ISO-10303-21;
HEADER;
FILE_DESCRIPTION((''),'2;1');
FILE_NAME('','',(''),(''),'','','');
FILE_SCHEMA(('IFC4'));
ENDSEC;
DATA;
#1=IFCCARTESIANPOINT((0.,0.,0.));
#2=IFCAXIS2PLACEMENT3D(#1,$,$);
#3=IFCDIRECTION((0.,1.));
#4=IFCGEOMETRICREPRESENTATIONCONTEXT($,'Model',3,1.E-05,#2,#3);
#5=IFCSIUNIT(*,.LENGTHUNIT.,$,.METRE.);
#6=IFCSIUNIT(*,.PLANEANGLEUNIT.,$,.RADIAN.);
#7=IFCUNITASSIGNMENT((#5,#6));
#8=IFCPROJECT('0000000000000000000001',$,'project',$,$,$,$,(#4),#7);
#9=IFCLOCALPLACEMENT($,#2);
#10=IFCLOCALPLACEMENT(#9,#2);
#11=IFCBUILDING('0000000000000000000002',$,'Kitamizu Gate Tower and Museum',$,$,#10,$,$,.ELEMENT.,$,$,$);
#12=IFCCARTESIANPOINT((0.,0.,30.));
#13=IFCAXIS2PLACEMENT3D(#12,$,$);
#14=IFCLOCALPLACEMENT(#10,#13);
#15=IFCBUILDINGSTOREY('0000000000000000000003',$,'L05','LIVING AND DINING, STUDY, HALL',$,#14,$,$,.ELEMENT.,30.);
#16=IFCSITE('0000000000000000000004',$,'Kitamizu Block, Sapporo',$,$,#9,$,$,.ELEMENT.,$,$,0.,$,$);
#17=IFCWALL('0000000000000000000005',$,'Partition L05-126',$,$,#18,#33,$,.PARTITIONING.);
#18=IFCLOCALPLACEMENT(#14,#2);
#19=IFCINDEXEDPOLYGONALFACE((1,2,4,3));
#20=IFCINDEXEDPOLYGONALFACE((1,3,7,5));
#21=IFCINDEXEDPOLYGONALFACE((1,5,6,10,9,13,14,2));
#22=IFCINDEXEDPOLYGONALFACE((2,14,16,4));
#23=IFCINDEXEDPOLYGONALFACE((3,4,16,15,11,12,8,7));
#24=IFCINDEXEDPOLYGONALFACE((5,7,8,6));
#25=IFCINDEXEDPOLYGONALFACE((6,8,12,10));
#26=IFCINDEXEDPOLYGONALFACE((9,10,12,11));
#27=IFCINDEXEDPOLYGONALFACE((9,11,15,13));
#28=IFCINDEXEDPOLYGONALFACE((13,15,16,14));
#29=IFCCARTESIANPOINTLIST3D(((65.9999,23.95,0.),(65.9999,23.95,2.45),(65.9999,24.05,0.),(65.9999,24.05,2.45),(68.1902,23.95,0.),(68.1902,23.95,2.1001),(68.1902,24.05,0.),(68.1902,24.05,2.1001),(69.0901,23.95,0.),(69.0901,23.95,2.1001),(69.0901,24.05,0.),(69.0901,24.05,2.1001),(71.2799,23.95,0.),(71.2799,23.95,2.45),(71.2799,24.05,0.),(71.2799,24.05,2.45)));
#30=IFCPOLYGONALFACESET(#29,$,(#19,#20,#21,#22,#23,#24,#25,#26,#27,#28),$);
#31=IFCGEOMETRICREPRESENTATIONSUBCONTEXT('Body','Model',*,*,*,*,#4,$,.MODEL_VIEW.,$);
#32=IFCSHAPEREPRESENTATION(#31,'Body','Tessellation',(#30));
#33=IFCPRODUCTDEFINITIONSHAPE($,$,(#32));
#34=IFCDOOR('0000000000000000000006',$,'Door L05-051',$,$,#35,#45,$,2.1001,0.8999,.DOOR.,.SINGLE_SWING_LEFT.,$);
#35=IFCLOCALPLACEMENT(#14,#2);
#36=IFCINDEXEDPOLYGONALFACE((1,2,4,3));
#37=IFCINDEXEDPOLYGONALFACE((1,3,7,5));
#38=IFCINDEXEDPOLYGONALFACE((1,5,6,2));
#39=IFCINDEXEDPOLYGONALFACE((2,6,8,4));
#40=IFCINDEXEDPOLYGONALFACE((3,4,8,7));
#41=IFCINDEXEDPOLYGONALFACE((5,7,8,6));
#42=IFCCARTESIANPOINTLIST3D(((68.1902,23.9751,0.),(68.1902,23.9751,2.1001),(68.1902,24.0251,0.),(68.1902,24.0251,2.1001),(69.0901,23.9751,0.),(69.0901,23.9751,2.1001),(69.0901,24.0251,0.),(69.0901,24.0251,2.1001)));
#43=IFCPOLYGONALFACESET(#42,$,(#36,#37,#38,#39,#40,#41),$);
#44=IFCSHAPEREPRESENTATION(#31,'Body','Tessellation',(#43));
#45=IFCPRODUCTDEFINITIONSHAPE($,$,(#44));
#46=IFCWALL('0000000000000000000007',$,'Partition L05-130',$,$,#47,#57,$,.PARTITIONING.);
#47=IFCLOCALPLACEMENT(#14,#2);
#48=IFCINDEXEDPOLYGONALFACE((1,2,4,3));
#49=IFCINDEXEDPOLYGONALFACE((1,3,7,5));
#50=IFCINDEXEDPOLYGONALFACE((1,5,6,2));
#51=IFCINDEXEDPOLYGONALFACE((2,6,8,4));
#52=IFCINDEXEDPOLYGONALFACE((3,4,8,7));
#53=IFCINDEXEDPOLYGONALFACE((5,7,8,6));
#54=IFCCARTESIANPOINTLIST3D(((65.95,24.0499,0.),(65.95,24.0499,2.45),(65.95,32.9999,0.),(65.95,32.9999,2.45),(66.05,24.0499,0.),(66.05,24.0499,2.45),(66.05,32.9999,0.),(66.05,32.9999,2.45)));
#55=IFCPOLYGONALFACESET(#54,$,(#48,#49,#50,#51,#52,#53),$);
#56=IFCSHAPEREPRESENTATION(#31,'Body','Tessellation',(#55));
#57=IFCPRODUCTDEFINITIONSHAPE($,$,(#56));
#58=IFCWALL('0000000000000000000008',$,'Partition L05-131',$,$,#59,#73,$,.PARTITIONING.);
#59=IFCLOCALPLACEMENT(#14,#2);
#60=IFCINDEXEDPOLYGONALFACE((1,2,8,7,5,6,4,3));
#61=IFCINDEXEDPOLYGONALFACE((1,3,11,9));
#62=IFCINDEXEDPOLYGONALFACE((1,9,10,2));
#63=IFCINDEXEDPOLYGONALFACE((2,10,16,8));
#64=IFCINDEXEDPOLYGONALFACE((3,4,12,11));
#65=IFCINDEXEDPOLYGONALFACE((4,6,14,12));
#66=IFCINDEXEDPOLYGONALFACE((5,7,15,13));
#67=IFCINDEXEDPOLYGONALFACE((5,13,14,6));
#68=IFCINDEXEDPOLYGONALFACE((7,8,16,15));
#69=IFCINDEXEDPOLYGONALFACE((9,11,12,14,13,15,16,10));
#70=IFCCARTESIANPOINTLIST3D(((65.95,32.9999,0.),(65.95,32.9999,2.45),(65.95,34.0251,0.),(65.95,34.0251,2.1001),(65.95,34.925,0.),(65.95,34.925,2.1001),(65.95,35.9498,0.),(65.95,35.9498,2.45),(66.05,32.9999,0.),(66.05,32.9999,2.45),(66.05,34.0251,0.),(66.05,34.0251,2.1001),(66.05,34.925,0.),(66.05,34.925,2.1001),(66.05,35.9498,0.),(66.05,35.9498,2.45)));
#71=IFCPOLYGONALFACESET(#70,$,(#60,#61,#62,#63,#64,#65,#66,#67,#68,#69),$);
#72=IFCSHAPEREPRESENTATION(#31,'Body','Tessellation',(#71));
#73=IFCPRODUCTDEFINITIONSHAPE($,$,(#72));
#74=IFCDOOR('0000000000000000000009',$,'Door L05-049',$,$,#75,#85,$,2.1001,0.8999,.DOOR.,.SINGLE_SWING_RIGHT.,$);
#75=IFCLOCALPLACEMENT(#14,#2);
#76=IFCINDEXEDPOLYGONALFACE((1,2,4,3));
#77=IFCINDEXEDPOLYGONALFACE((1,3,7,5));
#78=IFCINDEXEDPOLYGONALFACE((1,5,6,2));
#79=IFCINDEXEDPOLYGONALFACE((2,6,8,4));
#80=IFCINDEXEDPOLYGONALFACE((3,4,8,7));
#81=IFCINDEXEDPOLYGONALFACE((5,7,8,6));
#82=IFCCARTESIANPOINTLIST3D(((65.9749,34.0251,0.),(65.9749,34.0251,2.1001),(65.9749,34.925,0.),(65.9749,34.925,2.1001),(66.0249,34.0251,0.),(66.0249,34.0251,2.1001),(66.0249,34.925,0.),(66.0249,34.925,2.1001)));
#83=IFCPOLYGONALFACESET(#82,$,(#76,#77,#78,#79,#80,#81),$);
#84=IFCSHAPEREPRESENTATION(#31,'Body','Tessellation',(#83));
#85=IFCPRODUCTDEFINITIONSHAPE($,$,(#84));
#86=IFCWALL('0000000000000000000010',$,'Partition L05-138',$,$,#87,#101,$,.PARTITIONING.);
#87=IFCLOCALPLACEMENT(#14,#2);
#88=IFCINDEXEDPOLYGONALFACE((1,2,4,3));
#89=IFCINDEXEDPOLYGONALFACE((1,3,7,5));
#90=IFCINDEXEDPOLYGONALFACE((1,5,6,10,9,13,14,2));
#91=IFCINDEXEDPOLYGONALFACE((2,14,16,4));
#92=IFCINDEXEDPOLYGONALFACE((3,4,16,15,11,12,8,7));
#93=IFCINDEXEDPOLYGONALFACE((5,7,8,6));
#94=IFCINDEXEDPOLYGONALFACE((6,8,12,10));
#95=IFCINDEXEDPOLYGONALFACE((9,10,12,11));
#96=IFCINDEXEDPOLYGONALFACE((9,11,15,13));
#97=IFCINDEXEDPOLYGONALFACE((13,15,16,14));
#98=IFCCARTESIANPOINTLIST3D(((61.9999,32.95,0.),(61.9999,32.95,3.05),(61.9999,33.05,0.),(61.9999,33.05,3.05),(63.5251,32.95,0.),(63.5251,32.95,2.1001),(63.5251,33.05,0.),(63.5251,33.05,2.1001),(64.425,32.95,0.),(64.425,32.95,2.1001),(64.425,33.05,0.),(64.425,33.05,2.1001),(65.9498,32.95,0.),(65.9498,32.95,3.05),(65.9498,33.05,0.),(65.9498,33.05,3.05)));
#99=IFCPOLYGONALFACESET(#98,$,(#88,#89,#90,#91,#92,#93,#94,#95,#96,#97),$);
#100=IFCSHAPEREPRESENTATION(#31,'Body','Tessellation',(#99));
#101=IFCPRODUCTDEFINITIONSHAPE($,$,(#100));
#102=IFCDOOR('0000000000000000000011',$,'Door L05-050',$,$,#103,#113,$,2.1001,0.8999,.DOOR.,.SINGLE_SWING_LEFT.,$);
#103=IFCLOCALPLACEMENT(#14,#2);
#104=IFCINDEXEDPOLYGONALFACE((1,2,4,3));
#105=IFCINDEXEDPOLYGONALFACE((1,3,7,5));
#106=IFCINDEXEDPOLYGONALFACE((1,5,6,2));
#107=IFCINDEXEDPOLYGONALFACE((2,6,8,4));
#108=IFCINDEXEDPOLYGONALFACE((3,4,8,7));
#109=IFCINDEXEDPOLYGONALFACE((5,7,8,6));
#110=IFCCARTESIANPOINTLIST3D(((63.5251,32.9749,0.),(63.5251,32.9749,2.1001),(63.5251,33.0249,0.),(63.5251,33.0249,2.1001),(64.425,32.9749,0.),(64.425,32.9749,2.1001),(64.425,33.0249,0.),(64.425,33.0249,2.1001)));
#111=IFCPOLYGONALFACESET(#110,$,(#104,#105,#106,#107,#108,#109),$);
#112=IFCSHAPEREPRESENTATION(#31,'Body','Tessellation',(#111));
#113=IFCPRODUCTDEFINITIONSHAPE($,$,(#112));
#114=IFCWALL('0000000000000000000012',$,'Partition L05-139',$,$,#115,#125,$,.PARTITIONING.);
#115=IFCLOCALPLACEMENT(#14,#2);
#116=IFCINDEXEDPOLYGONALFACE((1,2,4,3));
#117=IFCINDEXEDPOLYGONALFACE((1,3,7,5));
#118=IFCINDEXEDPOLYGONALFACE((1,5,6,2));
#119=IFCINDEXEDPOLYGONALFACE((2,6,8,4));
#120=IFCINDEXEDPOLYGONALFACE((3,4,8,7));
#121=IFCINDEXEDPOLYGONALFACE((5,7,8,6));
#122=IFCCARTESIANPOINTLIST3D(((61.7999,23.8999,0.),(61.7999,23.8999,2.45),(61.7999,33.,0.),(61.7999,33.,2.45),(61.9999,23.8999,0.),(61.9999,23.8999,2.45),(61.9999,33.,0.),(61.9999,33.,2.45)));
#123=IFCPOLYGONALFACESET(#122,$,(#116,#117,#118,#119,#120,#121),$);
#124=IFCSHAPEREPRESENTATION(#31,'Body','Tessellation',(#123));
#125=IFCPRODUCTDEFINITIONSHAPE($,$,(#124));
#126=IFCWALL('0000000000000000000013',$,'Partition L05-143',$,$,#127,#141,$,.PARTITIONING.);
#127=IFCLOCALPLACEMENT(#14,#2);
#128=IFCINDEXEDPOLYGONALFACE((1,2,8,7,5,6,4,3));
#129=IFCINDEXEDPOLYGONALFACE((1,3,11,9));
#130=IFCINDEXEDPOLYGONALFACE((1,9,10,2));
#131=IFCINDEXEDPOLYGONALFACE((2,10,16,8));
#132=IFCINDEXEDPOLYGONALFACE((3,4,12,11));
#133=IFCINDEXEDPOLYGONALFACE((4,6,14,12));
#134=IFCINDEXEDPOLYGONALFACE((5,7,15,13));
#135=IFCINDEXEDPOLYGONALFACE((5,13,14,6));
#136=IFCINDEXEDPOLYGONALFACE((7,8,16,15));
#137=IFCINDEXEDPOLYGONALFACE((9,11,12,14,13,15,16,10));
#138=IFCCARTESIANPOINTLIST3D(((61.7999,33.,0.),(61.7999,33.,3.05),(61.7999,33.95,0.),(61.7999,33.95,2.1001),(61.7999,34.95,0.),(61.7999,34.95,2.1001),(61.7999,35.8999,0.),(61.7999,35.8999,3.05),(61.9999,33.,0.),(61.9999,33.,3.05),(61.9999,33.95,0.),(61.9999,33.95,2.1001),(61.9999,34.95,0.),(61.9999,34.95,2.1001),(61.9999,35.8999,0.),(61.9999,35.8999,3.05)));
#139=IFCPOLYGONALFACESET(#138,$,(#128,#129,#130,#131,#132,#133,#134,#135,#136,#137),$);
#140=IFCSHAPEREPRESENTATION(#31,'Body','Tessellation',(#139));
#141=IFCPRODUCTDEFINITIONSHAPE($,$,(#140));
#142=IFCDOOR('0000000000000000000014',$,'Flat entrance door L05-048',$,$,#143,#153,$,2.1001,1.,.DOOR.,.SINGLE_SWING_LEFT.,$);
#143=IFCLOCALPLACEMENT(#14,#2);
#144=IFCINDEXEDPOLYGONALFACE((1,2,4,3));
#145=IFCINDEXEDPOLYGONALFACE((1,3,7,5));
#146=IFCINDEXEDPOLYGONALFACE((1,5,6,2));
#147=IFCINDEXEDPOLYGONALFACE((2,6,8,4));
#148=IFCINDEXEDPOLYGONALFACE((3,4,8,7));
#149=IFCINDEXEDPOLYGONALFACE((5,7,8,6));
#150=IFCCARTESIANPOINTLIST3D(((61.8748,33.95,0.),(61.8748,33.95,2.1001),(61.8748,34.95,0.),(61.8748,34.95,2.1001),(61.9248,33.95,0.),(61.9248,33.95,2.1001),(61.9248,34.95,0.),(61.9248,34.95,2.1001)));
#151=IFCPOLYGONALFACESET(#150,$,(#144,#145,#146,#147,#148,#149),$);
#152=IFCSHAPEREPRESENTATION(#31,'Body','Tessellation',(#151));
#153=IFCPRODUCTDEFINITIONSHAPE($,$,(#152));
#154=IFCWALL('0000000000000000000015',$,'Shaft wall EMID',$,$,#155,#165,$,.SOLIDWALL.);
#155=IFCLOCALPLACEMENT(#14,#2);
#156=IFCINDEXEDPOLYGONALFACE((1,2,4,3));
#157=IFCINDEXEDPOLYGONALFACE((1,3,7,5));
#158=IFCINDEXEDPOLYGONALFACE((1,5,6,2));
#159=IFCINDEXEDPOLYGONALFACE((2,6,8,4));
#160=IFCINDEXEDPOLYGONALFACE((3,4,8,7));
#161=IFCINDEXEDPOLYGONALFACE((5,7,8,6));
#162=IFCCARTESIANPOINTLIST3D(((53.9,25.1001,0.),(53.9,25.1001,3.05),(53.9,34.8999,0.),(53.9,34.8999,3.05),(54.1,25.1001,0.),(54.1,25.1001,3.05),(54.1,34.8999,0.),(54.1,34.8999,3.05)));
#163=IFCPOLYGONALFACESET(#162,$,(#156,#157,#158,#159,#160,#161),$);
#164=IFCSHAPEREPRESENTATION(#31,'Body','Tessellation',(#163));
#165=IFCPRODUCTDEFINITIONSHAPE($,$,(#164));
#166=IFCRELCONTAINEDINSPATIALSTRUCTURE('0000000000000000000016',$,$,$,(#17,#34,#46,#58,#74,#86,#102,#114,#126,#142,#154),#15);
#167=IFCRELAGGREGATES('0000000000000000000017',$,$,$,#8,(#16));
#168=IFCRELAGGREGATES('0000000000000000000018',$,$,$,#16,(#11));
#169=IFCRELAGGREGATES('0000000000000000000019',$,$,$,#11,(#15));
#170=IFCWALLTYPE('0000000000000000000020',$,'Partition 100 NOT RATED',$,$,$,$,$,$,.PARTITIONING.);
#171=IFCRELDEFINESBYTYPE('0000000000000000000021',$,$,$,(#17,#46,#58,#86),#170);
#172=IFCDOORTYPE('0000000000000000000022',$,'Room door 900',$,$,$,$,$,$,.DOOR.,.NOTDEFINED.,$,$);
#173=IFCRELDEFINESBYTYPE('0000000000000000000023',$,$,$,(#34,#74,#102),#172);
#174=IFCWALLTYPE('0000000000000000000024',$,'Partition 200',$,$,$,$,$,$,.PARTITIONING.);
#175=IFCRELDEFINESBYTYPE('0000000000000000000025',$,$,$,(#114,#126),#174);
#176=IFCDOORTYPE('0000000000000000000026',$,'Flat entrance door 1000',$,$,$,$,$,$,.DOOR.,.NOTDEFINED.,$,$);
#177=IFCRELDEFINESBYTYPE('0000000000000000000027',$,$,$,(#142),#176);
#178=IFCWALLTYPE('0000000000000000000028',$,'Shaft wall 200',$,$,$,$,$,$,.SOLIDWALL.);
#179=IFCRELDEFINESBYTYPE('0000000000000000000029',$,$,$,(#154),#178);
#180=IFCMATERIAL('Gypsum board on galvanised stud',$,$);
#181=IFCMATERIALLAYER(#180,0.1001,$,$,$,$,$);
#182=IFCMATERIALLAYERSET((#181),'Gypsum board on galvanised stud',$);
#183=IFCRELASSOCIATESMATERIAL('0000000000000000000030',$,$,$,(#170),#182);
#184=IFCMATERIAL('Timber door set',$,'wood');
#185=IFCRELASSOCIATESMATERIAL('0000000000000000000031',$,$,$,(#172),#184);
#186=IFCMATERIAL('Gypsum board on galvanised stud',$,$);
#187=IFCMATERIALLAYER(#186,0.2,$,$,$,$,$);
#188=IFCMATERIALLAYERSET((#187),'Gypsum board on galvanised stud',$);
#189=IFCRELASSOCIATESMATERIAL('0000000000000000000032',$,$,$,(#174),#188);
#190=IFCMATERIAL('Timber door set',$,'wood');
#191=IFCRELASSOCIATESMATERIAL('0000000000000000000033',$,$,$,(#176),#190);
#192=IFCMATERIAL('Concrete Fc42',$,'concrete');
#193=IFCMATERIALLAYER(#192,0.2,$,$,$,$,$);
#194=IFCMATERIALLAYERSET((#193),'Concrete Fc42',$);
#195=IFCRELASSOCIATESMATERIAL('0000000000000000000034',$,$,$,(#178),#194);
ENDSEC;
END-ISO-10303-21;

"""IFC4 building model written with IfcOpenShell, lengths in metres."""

from ifc_helpers import new_model, si_unit, direction, frame, frame_2d, origin, place, context, subcontext, project, spatial, rectangle, extrude, material, layer, layer_set, type_object, element, fill, save


model = new_model("IFC4")

# Units and contexts
model_context = context("Model", 3, precision=1e-05, world=origin(), true_north=direction((0.0, 1.0)))
body_context = subcontext(model_context, "Body", "Model", "MODEL_VIEW")
ifc_project = project(units=[si_unit("LENGTHUNIT", "METRE"), si_unit("PLANEANGLEUNIT", "RADIAN")], contexts=[model_context])

# Site, building, storey
site_placement = place(None, origin())
site = spatial("IfcSite", under=ifc_project, at=site_placement, Name="Kitamizu Block, Sapporo", CompositionType="ELEMENT", RefElevation=0.0)
building_placement = place(site_placement, origin())
building = spatial("IfcBuilding", under=site, at=building_placement, Name="Kitamizu Gate Tower and Museum", CompositionType="ELEMENT")
storey_placement = place(building_placement, frame((0.0, 0.0, 30.0)))
storey = spatial("IfcBuildingStorey", under=building, at=storey_placement, Name="L05", Description="LIVING AND DINING, STUDY, HALL", CompositionType="ELEMENT", Elevation=30.0)

# Wall, opening, door
ifc_material_1 = material(Name="Gypsum board on galvanised stud")
ifc_layer_1 = layer(ifc_material_1, 0.1001)
ifc_layer_set_1 = layer_set([ifc_layer_1], Name="Gypsum board on galvanised stud")
wall_type_1 = type_object("IfcWallType", Name="Partition 100 NOT RATED", PredefinedType="PARTITIONING", material=ifc_layer_set_1)
wall_1_placement = place(storey_placement, frame((71.28, 24.0, 0.0), z_axis=(0.0, 0.0, 1.0), x_axis=(-1.0, 0.0, 0.0)))
wall_1 = element("IfcWall", 1, at=wall_1_placement, inside=storey, type_object=wall_type_1, Name="Partition L05-126", PredefinedType="PARTITIONING", context=body_context, shape_type="SweptSolid", body=[
    extrude(rectangle(XDim=5.28, YDim=0.1001, at=frame_2d((2.6401, 0.0))), origin(), (0.0, 0.0, 1.0), 2.45),
])
opening_1_placement = place(wall_1_placement, frame((2.1899, 0.0, 0.0)))
opening_1 = element("IfcOpeningElement", 2, at=opening_1_placement, cuts=wall_1, PredefinedType="OPENING", context=body_context, shape_type="SweptSolid", body=[
    extrude(rectangle(XDim=0.8999, YDim=2.1001, at=frame_2d((0.45, 1.05))), frame((0.0, 0.0601, 0.0), z_axis=(0.0, -1.0, 0.0), x_axis=(1.0, 0.0, 0.0)), (0.0, 0.0, 1.0), 0.1201),
])
ifc_material_2 = material(Name="Timber door set", Category="wood")
door_type_1 = type_object("IfcDoorType", Name="Room door 900", OperationType="NOTDEFINED", PredefinedType="DOOR", material=ifc_material_2)
door_1_placement = place(opening_1_placement, origin())
door_1 = element("IfcDoor", 3, at=door_1_placement, inside=storey, type_object=door_type_1, Name="Door L05-051", OperationType="SINGLE_SWING_LEFT", OverallHeight=2.1001, OverallWidth=0.8999, PredefinedType="DOOR", context=body_context, shape_type="SweptSolid", body=[
    extrude(rectangle(XDim=0.8999, YDim=2.1001, at=frame_2d((0.45, 1.05))), frame((0.0, 0.0249, 0.0), z_axis=(0.0, -1.0, 0.0), x_axis=(1.0, 0.0, 0.0)), (0.0, 0.0, 1.0), 0.05),
])
fill(opening_1, door_1)

# Wall
wall_2_placement = place(storey_placement, frame((66.0, 33.0, 0.0), z_axis=(0.0, 0.0, 1.0), x_axis=(0.0, -1.0, 0.0)))
element("IfcWall", 4, at=wall_2_placement, inside=storey, type_object=wall_type_1, Name="Partition L05-130", PredefinedType="PARTITIONING", context=body_context, shape_type="SweptSolid", body=[
    extrude(rectangle(XDim=8.95, YDim=0.1001, at=frame_2d((4.4751, 0.0))), origin(), (0.0, 0.0, 1.0), 2.45),
])

# Walls, openings, doors
wall_3_placement = place(storey_placement, frame((66.0, 35.95, 0.0), z_axis=(0.0, 0.0, 1.0), x_axis=(0.0, -1.0, 0.0)))
wall_3 = element("IfcWall", 5, at=wall_3_placement, inside=storey, type_object=wall_type_1, Name="Partition L05-131", PredefinedType="PARTITIONING", context=body_context, shape_type="SweptSolid", body=[
    extrude(rectangle(XDim=2.95, YDim=0.1001, at=frame_2d((1.4751, 0.0))), origin(), (0.0, 0.0, 1.0), 2.45),
])
opening_2_placement = place(wall_3_placement, frame((1.0249, 0.0, 0.0)))
opening_2 = element("IfcOpeningElement", 6, at=opening_2_placement, cuts=wall_3, PredefinedType="OPENING", context=body_context, shape_type="SweptSolid", body=[
    extrude(rectangle(XDim=0.8999, YDim=2.1001, at=frame_2d((0.45, 1.05))), frame((0.0, 0.0601, 0.0), z_axis=(0.0, -1.0, 0.0), x_axis=(1.0, 0.0, 0.0)), (0.0, 0.0, 1.0), 0.1201),
])
door_2_placement = place(opening_2_placement, origin())
door_2 = element("IfcDoor", 7, at=door_2_placement, inside=storey, type_object=door_type_1, Name="Door L05-049", OperationType="SINGLE_SWING_RIGHT", OverallHeight=2.1001, OverallWidth=0.8999, PredefinedType="DOOR", context=body_context, shape_type="SweptSolid", body=[
    extrude(rectangle(XDim=0.8999, YDim=2.1001, at=frame_2d((0.45, 1.05))), frame((0.0, 0.0249, 0.0), z_axis=(0.0, -1.0, 0.0), x_axis=(1.0, 0.0, 0.0)), (0.0, 0.0, 1.0), 0.05),
])
fill(opening_2, door_2)
wall_4_placement = place(storey_placement, frame((65.95, 33.0, 0.0), z_axis=(0.0, 0.0, 1.0), x_axis=(-1.0, 0.0, 0.0)))
wall_4 = element("IfcWall", 8, at=wall_4_placement, inside=storey, type_object=wall_type_1, Name="Partition L05-138", PredefinedType="PARTITIONING", context=body_context, shape_type="SweptSolid", body=[
    extrude(rectangle(XDim=3.95, YDim=0.1001, at=frame_2d((1.9751, 0.0))), origin(), (0.0, 0.0, 1.0), 3.05),
])
opening_3_placement = place(wall_4_placement, frame((1.5249, 0.0, 0.0)))
opening_3 = element("IfcOpeningElement", 9, at=opening_3_placement, cuts=wall_4, PredefinedType="OPENING", context=body_context, shape_type="SweptSolid", body=[
    extrude(rectangle(XDim=0.8999, YDim=2.1001, at=frame_2d((0.45, 1.05))), frame((0.0, 0.0601, 0.0), z_axis=(0.0, -1.0, 0.0), x_axis=(1.0, 0.0, 0.0)), (0.0, 0.0, 1.0), 0.1201),
])
door_3_placement = place(opening_3_placement, frame((0.8999, 0.0, 0.0), x_axis=(-1.0, 0.0, 0.0)))
door_3 = element("IfcDoor", 10, at=door_3_placement, inside=storey, type_object=door_type_1, Name="Door L05-050", OperationType="SINGLE_SWING_LEFT", OverallHeight=2.1001, OverallWidth=0.8999, PredefinedType="DOOR", context=body_context, shape_type="SweptSolid", body=[
    extrude(rectangle(XDim=0.8999, YDim=2.1001, at=frame_2d((0.45, 1.05))), frame((0.0, 0.0249, 0.0), z_axis=(0.0, -1.0, 0.0), x_axis=(1.0, 0.0, 0.0)), (0.0, 0.0, 1.0), 0.05),
])
fill(opening_3, door_3)

# Wall
ifc_material_3 = material(Name="Gypsum board on galvanised stud")
ifc_layer_2 = layer(ifc_material_3, 0.2)
ifc_layer_set_2 = layer_set([ifc_layer_2], Name="Gypsum board on galvanised stud")
wall_type_2 = type_object("IfcWallType", Name="Partition 200", PredefinedType="PARTITIONING", material=ifc_layer_set_2)
wall_5_placement = place(storey_placement, frame((61.8999, 33.0, 0.0), z_axis=(0.0, 0.0, 1.0), x_axis=(0.0, -1.0, 0.0)))
element("IfcWall", 11, at=wall_5_placement, inside=storey, type_object=wall_type_2, Name="Partition L05-139", PredefinedType="PARTITIONING", context=body_context, shape_type="SweptSolid", body=[
    extrude(rectangle(XDim=9.1001, YDim=0.2, at=frame_2d((4.55, 0.0))), origin(), (0.0, 0.0, 1.0), 2.45),
])

# Wall, opening, door
wall_6_placement = place(storey_placement, frame((61.8999, 35.8999, 0.0), z_axis=(0.0, 0.0, 1.0), x_axis=(0.0, -1.0, 0.0)))
wall_6 = element("IfcWall", 12, at=wall_6_placement, inside=storey, type_object=wall_type_2, Name="Partition L05-143", PredefinedType="PARTITIONING", context=body_context, shape_type="SweptSolid", body=[
    extrude(rectangle(XDim=2.8999, YDim=0.2, at=frame_2d((1.45, 0.0))), origin(), (0.0, 0.0, 1.0), 3.05),
])
opening_4_placement = place(wall_6_placement, frame((0.95, 0.0, 0.0)))
opening_4 = element("IfcOpeningElement", 13, at=opening_4_placement, cuts=wall_6, PredefinedType="OPENING", context=body_context, shape_type="SweptSolid", body=[
    extrude(rectangle(XDim=1.0, YDim=2.1001, at=frame_2d((0.5, 1.05))), frame((0.0, 0.1099, 0.0), z_axis=(0.0, -1.0, 0.0), x_axis=(1.0, 0.0, 0.0)), (0.0, 0.0, 1.0), 0.22),
])
ifc_material_4 = material(Name="Timber door set", Category="wood")
door_type_2 = type_object("IfcDoorType", Name="Flat entrance door 1000", OperationType="NOTDEFINED", PredefinedType="DOOR", material=ifc_material_4)
door_4_placement = place(opening_4_placement, origin())
door_4 = element("IfcDoor", 14, at=door_4_placement, inside=storey, type_object=door_type_2, Name="Flat entrance door L05-048", OperationType="SINGLE_SWING_LEFT", OverallHeight=2.1001, OverallWidth=1.0, PredefinedType="DOOR", context=body_context, shape_type="SweptSolid", body=[
    extrude(rectangle(XDim=1.0, YDim=2.1001, at=frame_2d((0.5, 1.05))), frame((0.0, 0.0249, 0.0), z_axis=(0.0, -1.0, 0.0), x_axis=(1.0, 0.0, 0.0)), (0.0, 0.0, 1.0), 0.05),
])
fill(opening_4, door_4)

# Wall
ifc_material_5 = material(Name="Concrete Fc42", Category="concrete")
ifc_layer_3 = layer(ifc_material_5, 0.2)
ifc_layer_set_3 = layer_set([ifc_layer_3], Name="Concrete Fc42")
wall_type_3 = type_object("IfcWallType", Name="Shaft wall 200", PredefinedType="SOLIDWALL", material=ifc_layer_set_3)
wall_7_placement = place(storey_placement, frame((54.0, 25.1001, 0.0), z_axis=(0.0, 0.0, 1.0), x_axis=(0.0, 1.0, 0.0)))
element("IfcWall", 15, at=wall_7_placement, inside=storey, type_object=wall_type_3, Name="Shaft wall EMID", PredefinedType="SOLIDWALL", context=body_context, shape_type="SweptSolid", body=[
    extrude(rectangle(XDim=9.7998, YDim=0.2, at=frame_2d((4.8999, 0.0))), origin(), (0.0, 0.0, 1.0), 3.05),
])

save(model, "model.ifc")
